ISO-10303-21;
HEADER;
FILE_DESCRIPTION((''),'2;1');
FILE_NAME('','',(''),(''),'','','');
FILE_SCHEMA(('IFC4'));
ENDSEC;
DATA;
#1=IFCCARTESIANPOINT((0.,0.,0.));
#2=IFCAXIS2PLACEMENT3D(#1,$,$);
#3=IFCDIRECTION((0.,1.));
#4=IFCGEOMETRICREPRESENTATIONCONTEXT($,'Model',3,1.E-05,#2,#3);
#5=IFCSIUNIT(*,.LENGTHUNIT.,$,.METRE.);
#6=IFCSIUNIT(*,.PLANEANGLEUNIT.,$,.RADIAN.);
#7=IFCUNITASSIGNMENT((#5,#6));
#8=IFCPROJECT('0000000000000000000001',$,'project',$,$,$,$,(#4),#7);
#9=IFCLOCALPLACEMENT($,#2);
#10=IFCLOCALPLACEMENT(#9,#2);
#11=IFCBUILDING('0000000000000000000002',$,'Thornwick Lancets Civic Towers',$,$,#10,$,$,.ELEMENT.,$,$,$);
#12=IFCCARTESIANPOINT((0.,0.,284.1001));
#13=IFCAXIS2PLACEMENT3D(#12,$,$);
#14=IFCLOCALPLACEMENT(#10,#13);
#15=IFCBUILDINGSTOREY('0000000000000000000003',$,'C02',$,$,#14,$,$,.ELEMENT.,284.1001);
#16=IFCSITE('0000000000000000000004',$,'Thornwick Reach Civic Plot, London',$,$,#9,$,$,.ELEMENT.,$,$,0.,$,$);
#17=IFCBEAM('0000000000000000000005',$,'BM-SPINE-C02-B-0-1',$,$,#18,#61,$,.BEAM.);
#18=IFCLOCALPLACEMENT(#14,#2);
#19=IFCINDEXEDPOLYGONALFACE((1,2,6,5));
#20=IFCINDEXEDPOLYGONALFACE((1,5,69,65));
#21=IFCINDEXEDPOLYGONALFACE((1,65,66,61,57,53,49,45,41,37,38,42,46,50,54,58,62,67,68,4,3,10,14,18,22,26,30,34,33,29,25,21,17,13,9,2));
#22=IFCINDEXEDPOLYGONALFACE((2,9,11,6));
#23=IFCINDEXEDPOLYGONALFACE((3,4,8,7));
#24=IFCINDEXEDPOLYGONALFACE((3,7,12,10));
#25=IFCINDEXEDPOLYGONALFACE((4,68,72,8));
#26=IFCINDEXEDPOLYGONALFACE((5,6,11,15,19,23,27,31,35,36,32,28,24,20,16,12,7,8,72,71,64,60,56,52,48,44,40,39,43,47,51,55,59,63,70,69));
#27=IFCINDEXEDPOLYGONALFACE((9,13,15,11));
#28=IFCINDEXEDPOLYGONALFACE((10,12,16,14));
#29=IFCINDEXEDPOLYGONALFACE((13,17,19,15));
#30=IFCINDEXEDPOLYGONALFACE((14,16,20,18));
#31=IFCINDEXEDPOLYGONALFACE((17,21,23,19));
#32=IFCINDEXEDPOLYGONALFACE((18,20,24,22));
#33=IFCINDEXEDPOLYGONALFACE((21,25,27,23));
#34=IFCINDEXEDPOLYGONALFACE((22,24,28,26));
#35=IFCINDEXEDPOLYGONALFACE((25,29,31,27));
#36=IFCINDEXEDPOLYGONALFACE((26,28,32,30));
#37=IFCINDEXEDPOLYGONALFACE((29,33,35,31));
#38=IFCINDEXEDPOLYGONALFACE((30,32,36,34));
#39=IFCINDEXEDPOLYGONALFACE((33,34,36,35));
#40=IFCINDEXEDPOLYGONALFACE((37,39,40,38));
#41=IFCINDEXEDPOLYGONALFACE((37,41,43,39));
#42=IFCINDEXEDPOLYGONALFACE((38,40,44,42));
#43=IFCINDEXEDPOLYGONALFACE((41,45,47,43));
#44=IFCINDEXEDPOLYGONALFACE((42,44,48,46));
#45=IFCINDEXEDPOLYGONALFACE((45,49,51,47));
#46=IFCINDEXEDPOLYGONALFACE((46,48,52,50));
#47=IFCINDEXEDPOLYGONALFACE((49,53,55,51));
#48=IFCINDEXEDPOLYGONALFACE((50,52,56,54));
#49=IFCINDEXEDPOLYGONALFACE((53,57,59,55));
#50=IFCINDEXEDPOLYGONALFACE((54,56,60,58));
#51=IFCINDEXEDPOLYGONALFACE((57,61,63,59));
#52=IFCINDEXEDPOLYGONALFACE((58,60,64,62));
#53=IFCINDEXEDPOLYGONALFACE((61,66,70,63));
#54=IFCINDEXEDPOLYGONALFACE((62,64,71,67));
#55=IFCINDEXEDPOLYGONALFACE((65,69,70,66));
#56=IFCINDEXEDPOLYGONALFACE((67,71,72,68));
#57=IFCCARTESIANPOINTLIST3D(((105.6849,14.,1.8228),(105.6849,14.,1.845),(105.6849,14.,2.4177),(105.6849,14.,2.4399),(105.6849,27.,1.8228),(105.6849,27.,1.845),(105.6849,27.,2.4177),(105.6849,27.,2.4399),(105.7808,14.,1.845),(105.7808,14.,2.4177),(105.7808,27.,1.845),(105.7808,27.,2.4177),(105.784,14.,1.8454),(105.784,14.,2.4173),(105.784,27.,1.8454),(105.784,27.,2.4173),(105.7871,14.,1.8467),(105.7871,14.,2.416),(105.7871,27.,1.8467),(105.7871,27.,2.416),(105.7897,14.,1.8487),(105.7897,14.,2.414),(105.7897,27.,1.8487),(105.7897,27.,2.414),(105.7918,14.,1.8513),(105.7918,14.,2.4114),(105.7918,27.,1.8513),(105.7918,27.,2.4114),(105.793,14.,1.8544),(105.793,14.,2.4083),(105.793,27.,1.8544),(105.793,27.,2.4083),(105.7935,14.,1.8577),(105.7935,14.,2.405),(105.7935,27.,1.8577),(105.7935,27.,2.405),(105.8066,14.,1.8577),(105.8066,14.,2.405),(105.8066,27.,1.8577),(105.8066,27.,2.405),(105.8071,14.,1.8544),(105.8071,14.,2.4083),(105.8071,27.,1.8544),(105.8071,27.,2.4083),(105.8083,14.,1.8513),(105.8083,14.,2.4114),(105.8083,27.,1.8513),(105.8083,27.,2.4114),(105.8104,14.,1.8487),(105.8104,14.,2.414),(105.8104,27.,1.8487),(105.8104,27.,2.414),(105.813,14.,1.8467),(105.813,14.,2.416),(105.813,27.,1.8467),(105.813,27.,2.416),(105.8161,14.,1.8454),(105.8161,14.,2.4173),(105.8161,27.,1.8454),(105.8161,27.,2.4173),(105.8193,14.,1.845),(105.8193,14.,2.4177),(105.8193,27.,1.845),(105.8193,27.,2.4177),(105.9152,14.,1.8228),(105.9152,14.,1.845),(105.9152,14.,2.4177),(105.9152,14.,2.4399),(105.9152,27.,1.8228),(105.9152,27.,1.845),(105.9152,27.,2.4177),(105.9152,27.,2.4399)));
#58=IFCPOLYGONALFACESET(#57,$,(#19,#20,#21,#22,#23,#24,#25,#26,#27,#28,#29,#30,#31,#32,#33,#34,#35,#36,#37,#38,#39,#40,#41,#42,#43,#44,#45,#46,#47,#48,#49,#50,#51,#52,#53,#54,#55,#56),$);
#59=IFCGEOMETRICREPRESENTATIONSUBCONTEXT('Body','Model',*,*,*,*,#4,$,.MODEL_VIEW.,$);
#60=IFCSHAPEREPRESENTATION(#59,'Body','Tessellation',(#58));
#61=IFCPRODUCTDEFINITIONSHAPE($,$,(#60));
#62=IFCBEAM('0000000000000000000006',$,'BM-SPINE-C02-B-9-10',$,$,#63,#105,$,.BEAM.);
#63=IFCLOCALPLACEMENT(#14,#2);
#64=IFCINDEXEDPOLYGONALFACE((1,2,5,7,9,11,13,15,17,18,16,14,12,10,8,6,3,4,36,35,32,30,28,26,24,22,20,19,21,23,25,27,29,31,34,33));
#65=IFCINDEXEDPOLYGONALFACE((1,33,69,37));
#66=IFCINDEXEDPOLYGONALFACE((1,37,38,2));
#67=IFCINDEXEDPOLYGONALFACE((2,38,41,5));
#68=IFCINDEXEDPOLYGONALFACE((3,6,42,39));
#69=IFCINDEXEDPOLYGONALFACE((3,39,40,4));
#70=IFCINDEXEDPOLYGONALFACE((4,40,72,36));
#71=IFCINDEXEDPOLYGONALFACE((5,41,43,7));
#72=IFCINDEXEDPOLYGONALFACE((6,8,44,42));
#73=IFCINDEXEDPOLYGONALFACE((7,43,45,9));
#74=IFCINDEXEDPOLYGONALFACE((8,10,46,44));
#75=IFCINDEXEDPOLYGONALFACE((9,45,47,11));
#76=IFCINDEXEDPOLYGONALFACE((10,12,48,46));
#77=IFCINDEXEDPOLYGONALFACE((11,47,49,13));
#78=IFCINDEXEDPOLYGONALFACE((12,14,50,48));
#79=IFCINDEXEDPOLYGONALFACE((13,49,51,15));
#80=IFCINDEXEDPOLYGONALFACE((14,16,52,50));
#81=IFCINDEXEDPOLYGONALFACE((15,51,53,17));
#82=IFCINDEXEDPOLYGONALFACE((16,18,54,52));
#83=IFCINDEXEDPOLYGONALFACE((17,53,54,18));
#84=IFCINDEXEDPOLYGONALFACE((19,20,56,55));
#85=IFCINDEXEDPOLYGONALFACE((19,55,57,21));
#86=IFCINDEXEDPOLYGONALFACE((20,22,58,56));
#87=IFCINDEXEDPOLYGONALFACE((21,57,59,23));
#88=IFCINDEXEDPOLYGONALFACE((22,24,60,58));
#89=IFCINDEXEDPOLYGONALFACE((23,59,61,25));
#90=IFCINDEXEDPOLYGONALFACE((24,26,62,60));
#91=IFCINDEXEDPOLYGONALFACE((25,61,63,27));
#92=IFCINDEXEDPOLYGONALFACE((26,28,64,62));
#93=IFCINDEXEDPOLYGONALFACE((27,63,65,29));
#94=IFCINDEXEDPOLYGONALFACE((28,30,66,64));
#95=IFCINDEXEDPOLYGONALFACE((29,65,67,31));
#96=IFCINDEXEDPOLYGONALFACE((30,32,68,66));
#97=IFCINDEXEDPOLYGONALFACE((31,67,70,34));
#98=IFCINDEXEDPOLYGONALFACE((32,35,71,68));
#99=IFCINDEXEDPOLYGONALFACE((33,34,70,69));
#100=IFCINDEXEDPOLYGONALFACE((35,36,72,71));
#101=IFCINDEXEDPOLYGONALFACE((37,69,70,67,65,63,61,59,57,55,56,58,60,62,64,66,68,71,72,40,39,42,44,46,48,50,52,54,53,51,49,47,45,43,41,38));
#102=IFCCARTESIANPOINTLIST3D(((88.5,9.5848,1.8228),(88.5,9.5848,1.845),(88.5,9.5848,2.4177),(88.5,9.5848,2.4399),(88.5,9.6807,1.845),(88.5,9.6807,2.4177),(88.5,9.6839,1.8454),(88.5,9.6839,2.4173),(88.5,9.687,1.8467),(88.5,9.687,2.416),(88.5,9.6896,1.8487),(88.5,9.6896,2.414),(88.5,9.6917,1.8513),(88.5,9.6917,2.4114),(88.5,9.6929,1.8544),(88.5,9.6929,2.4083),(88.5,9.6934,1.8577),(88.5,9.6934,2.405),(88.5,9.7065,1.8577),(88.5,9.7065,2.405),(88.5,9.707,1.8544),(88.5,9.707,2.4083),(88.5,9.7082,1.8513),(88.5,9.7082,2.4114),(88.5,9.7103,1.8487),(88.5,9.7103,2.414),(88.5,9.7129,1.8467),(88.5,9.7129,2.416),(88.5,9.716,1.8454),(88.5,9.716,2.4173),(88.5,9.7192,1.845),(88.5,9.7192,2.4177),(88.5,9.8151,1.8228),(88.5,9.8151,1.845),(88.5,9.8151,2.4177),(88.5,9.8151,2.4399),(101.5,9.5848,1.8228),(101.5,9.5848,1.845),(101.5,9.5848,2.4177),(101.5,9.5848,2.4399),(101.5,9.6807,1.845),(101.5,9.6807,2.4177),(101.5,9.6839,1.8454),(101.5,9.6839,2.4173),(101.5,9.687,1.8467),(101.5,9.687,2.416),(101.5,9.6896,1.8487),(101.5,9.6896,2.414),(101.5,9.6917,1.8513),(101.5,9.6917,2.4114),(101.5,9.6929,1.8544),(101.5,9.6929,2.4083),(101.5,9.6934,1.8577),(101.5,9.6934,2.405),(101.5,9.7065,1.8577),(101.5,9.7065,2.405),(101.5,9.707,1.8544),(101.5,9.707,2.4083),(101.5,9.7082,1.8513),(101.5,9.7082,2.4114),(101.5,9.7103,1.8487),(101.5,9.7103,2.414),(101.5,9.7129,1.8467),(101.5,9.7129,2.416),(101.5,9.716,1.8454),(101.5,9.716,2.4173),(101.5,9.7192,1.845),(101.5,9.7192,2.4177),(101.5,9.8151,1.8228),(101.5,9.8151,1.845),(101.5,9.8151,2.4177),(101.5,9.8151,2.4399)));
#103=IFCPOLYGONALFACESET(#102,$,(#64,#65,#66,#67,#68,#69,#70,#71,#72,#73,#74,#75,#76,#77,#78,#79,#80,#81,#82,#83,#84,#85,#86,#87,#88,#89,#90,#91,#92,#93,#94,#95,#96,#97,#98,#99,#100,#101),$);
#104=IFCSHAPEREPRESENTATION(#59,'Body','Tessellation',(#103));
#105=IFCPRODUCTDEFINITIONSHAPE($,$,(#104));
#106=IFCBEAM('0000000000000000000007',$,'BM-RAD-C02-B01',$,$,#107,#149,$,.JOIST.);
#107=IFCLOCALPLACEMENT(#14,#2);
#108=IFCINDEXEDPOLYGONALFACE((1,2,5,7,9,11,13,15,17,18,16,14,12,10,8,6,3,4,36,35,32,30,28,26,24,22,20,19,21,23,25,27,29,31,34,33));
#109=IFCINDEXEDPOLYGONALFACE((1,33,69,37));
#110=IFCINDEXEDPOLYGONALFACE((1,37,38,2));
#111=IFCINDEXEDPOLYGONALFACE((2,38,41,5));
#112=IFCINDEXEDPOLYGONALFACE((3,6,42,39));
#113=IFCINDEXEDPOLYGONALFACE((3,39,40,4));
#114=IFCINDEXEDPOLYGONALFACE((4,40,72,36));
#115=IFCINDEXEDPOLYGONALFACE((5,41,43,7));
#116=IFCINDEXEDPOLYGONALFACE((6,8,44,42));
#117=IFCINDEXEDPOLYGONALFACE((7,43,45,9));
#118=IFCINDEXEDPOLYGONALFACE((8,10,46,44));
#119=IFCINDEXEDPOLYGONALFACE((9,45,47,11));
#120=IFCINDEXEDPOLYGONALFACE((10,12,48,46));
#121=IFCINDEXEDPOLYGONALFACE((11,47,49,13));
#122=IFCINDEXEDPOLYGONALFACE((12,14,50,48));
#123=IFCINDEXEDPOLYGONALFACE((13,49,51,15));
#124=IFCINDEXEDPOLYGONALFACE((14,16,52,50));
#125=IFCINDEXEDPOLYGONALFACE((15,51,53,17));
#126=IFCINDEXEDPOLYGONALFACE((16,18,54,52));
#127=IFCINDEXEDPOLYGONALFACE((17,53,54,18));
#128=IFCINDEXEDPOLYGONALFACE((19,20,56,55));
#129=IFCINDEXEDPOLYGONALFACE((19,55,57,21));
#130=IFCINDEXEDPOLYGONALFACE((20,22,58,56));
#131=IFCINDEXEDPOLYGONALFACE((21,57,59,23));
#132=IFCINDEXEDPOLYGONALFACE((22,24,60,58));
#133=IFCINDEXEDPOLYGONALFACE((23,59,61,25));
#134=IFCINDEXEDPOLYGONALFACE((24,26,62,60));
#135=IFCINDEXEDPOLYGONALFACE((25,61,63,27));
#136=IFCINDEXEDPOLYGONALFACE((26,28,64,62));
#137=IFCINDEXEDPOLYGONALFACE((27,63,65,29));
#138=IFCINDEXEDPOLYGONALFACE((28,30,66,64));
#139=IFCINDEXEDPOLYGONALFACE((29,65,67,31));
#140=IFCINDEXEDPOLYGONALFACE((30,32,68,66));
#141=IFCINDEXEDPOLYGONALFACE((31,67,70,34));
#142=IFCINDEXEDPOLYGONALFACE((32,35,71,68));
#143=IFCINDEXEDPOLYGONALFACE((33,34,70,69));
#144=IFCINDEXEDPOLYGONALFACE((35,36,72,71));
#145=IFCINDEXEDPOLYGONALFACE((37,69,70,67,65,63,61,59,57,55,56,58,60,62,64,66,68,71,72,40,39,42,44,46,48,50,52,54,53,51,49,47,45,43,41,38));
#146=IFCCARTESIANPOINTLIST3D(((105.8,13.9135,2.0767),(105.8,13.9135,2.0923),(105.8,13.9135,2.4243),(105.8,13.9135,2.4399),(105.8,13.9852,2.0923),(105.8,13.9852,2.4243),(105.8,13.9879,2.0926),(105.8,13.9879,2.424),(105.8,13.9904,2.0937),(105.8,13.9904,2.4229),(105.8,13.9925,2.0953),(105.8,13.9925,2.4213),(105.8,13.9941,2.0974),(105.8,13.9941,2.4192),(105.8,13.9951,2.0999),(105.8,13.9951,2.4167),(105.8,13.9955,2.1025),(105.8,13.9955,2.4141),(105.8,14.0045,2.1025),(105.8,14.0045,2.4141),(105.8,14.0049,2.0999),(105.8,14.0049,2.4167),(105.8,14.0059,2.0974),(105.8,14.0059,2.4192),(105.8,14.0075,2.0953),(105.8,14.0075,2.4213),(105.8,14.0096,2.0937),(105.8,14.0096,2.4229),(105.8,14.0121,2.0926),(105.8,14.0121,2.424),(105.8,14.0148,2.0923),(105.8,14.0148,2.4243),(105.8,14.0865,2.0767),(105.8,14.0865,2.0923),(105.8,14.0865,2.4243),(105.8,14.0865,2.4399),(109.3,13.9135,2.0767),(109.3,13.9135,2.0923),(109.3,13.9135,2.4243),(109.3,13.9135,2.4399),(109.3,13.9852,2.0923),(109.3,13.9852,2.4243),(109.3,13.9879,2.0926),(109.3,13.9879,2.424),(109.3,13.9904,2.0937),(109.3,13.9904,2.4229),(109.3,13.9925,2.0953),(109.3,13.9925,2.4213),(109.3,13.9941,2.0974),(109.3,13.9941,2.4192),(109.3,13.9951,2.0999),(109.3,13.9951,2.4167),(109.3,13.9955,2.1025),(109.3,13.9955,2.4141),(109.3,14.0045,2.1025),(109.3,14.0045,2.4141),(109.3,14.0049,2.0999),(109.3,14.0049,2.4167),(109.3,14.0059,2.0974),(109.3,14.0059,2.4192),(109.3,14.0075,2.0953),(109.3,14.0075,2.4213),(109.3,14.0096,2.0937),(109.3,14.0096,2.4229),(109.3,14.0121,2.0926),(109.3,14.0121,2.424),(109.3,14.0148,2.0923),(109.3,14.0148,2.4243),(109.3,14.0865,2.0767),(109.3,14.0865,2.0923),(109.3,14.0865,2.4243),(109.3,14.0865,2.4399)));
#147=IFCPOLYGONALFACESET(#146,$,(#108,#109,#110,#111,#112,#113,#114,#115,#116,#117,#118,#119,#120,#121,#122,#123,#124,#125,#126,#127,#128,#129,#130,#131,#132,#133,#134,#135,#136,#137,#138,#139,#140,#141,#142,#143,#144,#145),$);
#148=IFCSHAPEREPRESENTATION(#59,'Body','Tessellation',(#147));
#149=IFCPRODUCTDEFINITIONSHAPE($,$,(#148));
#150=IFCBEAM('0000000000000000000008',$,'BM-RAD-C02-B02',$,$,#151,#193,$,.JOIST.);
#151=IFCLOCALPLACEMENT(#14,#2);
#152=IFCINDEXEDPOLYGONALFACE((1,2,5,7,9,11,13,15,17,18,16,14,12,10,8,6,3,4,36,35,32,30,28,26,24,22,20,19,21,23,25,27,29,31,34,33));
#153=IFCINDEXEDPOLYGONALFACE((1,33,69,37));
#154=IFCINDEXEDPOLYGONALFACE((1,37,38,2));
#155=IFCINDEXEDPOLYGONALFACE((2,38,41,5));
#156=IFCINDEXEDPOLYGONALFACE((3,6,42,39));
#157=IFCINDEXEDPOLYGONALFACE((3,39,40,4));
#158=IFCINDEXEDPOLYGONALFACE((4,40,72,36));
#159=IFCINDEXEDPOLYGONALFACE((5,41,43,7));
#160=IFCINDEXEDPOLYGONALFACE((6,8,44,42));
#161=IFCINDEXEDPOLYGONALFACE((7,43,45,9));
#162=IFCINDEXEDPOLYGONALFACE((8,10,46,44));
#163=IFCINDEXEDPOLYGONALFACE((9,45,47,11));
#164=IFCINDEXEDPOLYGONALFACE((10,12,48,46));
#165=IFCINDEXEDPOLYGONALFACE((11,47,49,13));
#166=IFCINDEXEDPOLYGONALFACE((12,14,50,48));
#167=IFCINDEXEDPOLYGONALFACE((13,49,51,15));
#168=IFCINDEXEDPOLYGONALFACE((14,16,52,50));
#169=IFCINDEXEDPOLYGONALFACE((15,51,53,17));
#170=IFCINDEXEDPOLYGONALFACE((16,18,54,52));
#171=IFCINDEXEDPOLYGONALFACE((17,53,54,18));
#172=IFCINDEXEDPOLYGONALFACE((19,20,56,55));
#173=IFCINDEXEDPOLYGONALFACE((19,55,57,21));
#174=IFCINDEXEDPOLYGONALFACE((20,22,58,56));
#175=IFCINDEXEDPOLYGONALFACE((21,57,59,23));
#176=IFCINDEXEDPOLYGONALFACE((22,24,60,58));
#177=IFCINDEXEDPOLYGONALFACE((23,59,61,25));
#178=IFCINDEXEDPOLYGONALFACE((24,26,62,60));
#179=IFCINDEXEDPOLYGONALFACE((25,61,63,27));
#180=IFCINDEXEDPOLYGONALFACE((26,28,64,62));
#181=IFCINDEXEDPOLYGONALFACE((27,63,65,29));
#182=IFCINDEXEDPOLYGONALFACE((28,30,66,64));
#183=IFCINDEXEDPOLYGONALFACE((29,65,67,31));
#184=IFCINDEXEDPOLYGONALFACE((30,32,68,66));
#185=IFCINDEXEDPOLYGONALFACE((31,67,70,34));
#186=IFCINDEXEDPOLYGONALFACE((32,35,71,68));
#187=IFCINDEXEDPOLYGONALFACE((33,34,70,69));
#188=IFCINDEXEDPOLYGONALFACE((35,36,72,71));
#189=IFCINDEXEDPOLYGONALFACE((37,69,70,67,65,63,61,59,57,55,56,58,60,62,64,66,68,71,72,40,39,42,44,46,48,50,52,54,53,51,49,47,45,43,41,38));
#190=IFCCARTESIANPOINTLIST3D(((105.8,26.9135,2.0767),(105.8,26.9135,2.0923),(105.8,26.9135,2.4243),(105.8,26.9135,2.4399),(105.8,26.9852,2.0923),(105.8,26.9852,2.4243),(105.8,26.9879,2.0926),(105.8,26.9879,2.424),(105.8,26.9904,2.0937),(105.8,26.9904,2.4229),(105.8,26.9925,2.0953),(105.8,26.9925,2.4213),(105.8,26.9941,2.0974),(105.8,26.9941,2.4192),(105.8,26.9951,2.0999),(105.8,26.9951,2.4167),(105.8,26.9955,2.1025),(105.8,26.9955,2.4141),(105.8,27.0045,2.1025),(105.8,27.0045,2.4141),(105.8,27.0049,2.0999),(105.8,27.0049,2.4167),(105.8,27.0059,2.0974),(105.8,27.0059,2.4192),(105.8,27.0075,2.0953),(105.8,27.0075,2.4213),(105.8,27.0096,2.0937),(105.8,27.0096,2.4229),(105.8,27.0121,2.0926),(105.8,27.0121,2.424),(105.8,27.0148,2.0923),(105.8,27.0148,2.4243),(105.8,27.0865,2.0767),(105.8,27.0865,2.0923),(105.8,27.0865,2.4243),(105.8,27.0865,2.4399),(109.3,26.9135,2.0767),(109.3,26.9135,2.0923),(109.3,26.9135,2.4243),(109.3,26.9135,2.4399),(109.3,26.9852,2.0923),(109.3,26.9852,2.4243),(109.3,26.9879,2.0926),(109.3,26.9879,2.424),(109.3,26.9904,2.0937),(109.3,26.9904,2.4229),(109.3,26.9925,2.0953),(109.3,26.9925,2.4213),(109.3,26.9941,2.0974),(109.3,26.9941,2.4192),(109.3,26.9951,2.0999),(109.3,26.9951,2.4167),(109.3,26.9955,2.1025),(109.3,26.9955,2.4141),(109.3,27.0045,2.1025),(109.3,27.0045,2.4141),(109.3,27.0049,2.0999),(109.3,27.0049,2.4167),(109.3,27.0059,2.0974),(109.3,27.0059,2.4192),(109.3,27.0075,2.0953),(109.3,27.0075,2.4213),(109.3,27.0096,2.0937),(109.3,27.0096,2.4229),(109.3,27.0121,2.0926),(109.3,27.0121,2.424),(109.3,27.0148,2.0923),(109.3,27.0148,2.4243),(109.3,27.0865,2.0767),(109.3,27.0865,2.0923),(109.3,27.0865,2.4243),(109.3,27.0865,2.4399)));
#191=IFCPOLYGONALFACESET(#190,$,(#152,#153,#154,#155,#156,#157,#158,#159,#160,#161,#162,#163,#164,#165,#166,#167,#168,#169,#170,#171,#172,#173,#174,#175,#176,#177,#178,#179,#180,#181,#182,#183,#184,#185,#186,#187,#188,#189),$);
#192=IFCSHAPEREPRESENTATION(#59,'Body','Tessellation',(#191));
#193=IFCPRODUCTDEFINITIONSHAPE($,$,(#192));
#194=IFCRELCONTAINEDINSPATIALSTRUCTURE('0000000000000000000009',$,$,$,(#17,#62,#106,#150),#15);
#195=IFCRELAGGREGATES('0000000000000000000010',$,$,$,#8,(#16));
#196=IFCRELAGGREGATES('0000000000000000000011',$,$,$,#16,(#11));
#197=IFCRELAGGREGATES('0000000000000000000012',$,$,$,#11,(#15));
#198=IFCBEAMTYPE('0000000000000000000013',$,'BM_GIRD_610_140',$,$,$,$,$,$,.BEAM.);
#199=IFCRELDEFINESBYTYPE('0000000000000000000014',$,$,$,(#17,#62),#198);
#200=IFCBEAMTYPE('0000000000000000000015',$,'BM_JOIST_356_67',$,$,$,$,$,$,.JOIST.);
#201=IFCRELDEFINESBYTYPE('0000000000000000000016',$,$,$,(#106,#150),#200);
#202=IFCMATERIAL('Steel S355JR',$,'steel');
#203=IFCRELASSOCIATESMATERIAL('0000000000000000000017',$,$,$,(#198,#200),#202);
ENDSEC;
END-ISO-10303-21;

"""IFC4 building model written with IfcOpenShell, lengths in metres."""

from ifc_helpers import new_model, si_unit, direction, frame, origin, origin_2d, place, context, subcontext, project, spatial, i_section, extrude, material, material_profile, profile_set, type_object, element, save


model = new_model("IFC4")

# Units and contexts
model_context = context("Model", 3, precision=1e-05, world=origin(), true_north=direction((0.0, 1.0)))
body_context = subcontext(model_context, "Body", "Model", "MODEL_VIEW")
ifc_project = project(units=[si_unit("LENGTHUNIT", "METRE"), si_unit("PLANEANGLEUNIT", "RADIAN")], contexts=[model_context])

# Site, building, storey
site_placement = place(None, origin())
site = spatial("IfcSite", under=ifc_project, at=site_placement, Name="Thornwick Reach Civic Plot, London", CompositionType="ELEMENT", RefElevation=0.0)
building_placement = place(site_placement, origin())
building = spatial("IfcBuilding", under=site, at=building_placement, Name="Thornwick Lancets Civic Towers", CompositionType="ELEMENT")
storey_placement = place(building_placement, frame((0.0, 0.0, 284.1001)))
storey = spatial("IfcBuildingStorey", under=building, at=storey_placement, Name="C02", CompositionType="ELEMENT", Elevation=284.1001)

# Shared definitions
ifc_material_1 = material(Name="Steel S355JR", Category="steel")

# Beams
ifc_material_profile_1 = material_profile(ifc_material_1, i_section(OverallWidth=0.2302, OverallDepth=0.6172, WebThickness=0.0132, FlangeThickness=0.0222, FilletRadius=0.0127, at=origin_2d()), Name="UKB 610x229x140")
ifc_profile_set_1 = profile_set([ifc_material_profile_1], Name="Steel S355JR")
beam_type_1 = type_object("IfcBeamType", Name="BM_GIRD_610_140", PredefinedType="BEAM", material=ifc_profile_set_1)
for number, where, z_axis, x_axis, name in (
    (1, (105.8, 14.0, 2.1313), (0.0, 1.0, 0.0), (-1.0, 0.0, 0.0), "BM-SPINE-C02-B-0-1"),
    (2, (101.5, 9.7, 2.1313), (-1.0, 0.0, 0.0), (0.0, -1.0, 0.0), "BM-SPINE-C02-B-9-10"),
):
    element("IfcBeam", number, at=place(storey_placement, frame(where, z_axis=z_axis, x_axis=x_axis)), inside=storey, type_object=beam_type_1, Name=name, PredefinedType="BEAM", context=body_context, shape_type="SweptSolid", body=[
        extrude(i_section(OverallWidth=0.2302, OverallDepth=0.6172, WebThickness=0.0132, FlangeThickness=0.0222, FilletRadius=0.0127, at=origin_2d()), origin(), (0.0, 0.0, 1.0), 13.0),
    ])
ifc_material_profile_2 = material_profile(ifc_material_1, i_section(OverallWidth=0.1731, OverallDepth=0.3633, WebThickness=0.009, FlangeThickness=0.0156, FilletRadius=0.0103, at=origin_2d()), Name="UKB 356x171x67")
ifc_profile_set_2 = profile_set([ifc_material_profile_2], Name="Steel S355JR")
beam_type_2 = type_object("IfcBeamType", Name="BM_JOIST_356_67", PredefinedType="JOIST", material=ifc_profile_set_2)
for number, where, z_axis, x_axis, name in (
    (3, (105.8, 14.0, 2.2583), (1.0, 0.0, 0.0), (0.0, 1.0, 0.0), "BM-RAD-C02-B01"),
    (4, (105.8, 27.0, 2.2583), (1.0, 0.0, 0.0), (0.0, 1.0, 0.0), "BM-RAD-C02-B02"),
):
    element("IfcBeam", number, at=place(storey_placement, frame(where, z_axis=z_axis, x_axis=x_axis)), inside=storey, type_object=beam_type_2, Name=name, PredefinedType="JOIST", context=body_context, shape_type="SweptSolid", body=[
        extrude(i_section(OverallWidth=0.1731, OverallDepth=0.3633, WebThickness=0.009, FlangeThickness=0.0156, FilletRadius=0.0103, at=origin_2d()), origin(), (0.0, 0.0, 1.0), 3.5),
    ])

save(model, "model.ifc")
